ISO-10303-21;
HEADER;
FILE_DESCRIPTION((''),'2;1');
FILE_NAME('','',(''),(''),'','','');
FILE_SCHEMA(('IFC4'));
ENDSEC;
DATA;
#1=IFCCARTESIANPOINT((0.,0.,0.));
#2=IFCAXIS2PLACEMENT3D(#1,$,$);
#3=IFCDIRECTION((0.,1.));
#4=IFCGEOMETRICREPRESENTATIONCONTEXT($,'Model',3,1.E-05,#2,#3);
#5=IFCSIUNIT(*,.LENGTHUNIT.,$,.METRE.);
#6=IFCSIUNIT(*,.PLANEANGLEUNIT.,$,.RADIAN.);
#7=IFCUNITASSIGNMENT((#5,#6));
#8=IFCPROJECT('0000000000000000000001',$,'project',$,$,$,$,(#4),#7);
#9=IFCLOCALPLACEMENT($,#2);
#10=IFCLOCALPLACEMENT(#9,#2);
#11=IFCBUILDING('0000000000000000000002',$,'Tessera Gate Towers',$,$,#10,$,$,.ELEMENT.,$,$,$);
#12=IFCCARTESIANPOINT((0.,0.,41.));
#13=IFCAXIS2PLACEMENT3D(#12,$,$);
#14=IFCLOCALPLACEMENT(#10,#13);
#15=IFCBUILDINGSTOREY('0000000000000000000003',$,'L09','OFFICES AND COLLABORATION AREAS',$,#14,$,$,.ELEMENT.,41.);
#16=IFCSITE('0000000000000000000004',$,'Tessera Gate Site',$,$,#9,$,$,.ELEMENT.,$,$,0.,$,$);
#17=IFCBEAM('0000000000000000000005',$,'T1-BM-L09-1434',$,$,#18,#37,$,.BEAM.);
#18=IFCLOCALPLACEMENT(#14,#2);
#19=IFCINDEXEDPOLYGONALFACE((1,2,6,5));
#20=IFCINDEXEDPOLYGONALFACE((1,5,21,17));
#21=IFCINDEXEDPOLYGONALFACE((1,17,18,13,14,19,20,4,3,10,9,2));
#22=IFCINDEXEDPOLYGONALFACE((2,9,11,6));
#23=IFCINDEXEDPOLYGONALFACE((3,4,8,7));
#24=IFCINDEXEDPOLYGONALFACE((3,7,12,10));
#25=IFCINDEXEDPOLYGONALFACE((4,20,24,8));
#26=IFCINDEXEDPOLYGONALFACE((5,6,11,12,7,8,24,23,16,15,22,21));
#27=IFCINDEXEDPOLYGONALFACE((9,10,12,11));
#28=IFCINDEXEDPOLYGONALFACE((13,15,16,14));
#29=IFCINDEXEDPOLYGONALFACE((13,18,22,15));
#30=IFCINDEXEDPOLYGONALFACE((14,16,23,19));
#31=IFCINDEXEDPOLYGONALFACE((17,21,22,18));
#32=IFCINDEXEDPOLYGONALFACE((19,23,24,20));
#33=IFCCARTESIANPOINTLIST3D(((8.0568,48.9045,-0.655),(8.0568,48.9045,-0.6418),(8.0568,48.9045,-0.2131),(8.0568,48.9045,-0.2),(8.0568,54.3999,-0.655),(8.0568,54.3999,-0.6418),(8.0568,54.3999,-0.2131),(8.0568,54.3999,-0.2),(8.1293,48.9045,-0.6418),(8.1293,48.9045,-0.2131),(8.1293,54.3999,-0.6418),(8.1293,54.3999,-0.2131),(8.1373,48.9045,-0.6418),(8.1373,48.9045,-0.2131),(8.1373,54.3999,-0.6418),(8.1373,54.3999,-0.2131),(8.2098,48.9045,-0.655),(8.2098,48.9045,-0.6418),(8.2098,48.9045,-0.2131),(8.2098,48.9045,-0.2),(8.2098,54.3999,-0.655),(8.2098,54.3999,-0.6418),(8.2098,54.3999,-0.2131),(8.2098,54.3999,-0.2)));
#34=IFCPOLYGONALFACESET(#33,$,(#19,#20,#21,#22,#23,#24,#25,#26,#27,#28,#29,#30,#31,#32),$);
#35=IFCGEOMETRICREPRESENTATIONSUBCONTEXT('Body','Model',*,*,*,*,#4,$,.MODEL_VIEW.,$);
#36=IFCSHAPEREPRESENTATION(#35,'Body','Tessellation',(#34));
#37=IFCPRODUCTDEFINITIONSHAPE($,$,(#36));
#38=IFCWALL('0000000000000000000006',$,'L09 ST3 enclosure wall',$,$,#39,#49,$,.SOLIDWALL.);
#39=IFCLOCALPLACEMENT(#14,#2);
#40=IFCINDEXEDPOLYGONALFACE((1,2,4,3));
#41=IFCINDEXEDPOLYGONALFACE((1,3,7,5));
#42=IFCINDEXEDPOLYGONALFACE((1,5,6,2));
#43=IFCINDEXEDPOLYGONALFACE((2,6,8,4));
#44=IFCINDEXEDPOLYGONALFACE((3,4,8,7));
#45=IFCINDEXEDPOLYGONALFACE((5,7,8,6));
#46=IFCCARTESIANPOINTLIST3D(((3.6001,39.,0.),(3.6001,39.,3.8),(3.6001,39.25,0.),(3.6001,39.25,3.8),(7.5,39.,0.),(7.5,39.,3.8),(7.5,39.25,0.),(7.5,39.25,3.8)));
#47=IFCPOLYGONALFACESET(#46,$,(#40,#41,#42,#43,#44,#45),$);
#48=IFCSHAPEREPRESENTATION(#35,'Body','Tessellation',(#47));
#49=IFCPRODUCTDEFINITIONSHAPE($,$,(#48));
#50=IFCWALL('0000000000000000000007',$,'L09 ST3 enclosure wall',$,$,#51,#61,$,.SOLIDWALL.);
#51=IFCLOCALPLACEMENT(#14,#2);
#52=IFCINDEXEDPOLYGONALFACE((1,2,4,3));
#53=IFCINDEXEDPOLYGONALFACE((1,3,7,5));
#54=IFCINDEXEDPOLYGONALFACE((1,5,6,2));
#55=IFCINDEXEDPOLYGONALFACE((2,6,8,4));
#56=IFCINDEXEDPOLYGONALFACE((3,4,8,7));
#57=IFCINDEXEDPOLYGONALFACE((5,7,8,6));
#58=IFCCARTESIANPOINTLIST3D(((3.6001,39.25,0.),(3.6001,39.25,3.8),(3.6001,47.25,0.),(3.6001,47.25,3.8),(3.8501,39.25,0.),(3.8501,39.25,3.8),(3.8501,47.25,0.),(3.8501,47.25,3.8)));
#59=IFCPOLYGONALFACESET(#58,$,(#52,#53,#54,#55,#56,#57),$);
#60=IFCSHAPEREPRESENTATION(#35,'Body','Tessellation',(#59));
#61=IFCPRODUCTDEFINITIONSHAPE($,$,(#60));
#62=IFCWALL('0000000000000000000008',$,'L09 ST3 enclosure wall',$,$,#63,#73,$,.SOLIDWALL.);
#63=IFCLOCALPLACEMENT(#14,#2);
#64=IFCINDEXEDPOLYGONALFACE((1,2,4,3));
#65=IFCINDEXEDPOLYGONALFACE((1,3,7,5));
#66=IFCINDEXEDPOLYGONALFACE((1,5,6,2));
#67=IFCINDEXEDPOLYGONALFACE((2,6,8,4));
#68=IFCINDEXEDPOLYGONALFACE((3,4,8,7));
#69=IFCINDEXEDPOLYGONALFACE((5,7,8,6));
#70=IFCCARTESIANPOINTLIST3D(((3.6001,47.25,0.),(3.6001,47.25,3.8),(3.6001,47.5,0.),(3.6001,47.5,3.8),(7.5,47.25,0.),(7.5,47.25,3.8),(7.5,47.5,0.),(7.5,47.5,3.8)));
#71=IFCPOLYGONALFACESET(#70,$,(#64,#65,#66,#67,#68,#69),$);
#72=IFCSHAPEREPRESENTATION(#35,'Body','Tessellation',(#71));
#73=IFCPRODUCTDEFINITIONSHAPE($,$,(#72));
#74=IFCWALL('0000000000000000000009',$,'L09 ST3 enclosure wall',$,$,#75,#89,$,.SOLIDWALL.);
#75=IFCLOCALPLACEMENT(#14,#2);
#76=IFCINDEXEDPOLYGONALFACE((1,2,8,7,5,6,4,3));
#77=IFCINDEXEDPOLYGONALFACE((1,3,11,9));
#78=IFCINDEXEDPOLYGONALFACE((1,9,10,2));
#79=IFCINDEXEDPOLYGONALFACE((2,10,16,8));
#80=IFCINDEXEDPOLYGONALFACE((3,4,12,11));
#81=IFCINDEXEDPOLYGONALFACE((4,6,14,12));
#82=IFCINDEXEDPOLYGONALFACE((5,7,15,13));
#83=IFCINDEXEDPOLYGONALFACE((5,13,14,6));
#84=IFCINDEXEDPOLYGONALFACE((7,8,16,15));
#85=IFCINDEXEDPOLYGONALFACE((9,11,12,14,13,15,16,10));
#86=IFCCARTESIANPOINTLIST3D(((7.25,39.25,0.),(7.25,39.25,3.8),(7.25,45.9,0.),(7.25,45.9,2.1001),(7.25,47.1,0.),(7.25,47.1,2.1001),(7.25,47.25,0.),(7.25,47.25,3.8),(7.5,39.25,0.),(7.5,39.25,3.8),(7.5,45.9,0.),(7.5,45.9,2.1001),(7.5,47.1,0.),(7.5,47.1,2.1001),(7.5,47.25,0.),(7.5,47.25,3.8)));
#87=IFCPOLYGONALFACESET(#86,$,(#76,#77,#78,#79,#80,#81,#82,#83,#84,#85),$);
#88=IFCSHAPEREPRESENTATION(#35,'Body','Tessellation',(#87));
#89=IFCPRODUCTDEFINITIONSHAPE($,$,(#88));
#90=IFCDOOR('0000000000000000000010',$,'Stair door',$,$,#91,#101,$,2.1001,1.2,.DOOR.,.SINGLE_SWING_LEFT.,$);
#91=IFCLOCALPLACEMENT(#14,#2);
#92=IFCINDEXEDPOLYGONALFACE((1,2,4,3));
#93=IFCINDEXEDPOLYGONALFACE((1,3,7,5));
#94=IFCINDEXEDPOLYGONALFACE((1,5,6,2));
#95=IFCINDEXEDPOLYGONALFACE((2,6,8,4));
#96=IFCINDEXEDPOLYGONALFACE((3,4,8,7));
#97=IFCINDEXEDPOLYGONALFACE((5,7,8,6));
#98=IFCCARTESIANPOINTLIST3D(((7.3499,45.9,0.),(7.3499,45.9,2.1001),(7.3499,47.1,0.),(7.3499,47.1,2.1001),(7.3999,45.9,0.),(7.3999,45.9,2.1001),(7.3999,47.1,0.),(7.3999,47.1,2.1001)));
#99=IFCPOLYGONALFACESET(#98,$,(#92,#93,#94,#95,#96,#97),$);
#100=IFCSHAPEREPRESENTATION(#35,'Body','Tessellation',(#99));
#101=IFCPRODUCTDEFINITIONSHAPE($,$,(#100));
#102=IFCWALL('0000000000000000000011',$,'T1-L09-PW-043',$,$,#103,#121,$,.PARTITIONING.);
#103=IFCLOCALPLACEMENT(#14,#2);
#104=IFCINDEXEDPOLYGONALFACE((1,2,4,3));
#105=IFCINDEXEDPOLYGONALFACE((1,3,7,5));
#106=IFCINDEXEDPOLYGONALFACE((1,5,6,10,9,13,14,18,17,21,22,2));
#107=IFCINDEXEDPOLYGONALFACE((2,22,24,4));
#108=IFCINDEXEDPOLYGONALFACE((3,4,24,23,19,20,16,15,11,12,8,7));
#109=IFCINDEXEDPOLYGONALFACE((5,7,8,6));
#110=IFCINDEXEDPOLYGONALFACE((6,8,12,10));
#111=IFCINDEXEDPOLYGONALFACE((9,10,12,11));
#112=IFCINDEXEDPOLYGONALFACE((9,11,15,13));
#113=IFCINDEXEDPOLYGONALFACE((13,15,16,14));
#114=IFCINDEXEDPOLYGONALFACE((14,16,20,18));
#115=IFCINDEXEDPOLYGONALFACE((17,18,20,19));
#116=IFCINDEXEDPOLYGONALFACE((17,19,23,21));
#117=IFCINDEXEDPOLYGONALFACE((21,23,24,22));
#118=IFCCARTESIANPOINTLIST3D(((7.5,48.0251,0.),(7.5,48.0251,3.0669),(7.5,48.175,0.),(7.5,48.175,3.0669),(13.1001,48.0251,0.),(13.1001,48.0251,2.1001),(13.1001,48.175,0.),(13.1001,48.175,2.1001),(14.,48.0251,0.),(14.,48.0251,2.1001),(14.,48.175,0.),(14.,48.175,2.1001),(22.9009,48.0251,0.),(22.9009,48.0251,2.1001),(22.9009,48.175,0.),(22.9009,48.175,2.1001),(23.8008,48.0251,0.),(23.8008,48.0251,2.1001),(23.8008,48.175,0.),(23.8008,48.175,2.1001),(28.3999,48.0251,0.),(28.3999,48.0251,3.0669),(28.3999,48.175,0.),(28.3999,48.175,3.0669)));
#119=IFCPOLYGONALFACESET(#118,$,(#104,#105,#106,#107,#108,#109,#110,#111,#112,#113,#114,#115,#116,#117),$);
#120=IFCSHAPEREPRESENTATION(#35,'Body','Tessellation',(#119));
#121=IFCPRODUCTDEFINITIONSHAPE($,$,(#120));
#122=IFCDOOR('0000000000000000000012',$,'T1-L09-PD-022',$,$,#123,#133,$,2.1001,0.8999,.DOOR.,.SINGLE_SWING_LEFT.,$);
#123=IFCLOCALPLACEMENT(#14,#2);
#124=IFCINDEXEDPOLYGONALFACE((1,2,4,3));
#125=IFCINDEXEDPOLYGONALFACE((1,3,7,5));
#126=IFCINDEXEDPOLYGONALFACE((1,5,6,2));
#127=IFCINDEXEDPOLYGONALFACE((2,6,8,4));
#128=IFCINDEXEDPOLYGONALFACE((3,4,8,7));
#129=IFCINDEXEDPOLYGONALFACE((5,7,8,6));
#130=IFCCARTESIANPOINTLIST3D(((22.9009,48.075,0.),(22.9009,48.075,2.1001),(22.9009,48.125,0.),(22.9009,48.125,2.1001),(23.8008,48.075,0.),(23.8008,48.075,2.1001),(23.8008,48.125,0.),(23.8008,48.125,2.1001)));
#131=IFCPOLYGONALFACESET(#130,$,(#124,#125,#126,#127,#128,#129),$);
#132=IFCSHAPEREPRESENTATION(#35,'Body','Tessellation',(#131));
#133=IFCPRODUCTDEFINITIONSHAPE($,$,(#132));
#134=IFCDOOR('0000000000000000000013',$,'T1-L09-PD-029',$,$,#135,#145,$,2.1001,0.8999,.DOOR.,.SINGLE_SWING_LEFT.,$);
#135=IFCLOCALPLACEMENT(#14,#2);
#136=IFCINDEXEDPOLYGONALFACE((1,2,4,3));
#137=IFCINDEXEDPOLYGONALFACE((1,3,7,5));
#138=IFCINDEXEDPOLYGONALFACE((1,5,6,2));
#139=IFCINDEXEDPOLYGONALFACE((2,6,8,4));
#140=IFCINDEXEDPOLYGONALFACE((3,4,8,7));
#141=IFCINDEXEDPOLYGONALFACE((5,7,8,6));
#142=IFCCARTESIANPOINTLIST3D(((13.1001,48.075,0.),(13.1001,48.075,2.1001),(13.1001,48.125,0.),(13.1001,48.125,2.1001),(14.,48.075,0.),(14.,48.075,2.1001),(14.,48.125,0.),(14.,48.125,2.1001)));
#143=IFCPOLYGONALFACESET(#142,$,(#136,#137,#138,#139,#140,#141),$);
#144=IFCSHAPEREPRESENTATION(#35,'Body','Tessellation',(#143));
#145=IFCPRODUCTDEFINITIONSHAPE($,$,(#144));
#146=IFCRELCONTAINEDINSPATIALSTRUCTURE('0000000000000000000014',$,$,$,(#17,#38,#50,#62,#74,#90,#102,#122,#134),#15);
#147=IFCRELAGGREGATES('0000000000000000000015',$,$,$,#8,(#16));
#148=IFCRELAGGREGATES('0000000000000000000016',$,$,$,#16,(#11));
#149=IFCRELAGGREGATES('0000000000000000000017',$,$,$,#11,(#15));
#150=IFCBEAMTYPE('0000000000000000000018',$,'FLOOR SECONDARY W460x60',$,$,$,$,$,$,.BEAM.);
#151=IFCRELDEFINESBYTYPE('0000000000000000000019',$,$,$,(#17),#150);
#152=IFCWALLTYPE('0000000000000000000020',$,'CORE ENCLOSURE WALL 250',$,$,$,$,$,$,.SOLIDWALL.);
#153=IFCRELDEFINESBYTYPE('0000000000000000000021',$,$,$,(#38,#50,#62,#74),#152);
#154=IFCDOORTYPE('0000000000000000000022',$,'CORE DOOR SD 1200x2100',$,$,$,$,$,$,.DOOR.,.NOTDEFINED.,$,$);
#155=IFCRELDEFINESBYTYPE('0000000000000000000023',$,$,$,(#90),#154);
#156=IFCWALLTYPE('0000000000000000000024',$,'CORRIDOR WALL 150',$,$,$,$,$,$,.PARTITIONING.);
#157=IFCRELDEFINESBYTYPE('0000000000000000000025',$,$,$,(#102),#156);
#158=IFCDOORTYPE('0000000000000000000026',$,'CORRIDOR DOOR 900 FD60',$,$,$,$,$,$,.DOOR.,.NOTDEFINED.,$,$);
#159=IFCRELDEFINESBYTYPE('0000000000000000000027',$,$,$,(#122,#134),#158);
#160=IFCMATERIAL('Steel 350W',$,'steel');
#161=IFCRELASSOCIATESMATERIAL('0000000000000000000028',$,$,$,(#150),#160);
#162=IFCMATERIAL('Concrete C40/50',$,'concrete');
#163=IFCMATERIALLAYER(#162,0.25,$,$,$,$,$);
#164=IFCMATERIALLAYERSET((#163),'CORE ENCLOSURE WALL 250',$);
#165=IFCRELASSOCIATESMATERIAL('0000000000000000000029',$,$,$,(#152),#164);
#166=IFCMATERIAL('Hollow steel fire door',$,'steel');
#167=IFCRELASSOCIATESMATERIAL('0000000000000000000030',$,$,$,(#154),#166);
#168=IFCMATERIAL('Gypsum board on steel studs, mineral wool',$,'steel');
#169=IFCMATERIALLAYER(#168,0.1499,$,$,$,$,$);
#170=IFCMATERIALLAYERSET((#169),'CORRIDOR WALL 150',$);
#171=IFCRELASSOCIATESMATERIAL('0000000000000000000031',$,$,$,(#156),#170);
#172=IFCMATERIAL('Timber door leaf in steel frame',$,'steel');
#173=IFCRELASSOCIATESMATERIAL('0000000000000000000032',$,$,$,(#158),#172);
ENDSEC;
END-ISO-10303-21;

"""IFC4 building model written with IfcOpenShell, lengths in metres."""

from ifc_helpers import new_model, si_unit, direction, frame, frame_2d, origin, origin_2d, place, context, subcontext, project, spatial, rectangle, i_section, extrude, source, transform, mapped, material, layer, layer_set, material_profile, profile_set, type_object, element, fill, save


model = new_model("IFC4")

# Units and contexts
model_context = context("Model", 3, precision=1e-05, world=origin(), true_north=direction((0.0, 1.0)))
body_context = subcontext(model_context, "Body", "Model", "MODEL_VIEW")
ifc_project = project(units=[si_unit("LENGTHUNIT", "METRE"), si_unit("PLANEANGLEUNIT", "RADIAN")], contexts=[model_context])

# Site, building, storey
site_placement = place(None, origin())
site = spatial("IfcSite", under=ifc_project, at=site_placement, Name="Tessera Gate Site", CompositionType="ELEMENT", RefElevation=0.0)
building_placement = place(site_placement, origin())
building = spatial("IfcBuilding", under=site, at=building_placement, Name="Tessera Gate Towers", CompositionType="ELEMENT")
storey_placement = place(building_placement, frame((0.0, 0.0, 41.0)))
storey = spatial("IfcBuildingStorey", under=building, at=storey_placement, Name="L09", Description="OFFICES AND COLLABORATION AREAS", CompositionType="ELEMENT", Elevation=41.0)

# Beam
ifc_material_1 = material(Name="Steel 350W", Category="steel")
ifc_material_profile_1 = material_profile(ifc_material_1, i_section(OverallWidth=0.1531, OverallDepth=0.4551, WebThickness=0.0081, FlangeThickness=0.0132, at=origin_2d()), Name="W460x60")
ifc_profile_set_1 = profile_set([ifc_material_profile_1], Name="Steel 350W")
beam_type_1 = type_object("IfcBeamType", Name="FLOOR SECONDARY W460x60", PredefinedType="BEAM", material=ifc_profile_set_1)
beam_1_placement = place(storey_placement, frame((8.1333, 48.9045, -0.4275), z_axis=(0.0, 1.0, 0.0), x_axis=(-1.0, 0.0, 0.0)))
element("IfcBeam", 1, at=beam_1_placement, inside=storey, type_object=beam_type_1, Name="T1-BM-L09-1434", PredefinedType="BEAM", context=body_context, shape_type="SweptSolid", body=[
    extrude(i_section(OverallWidth=0.1531, OverallDepth=0.4551, WebThickness=0.0081, FlangeThickness=0.0132, at=origin_2d()), origin(), (0.0, 0.0, 1.0), 5.4954),
])

# Walls
ifc_material_2 = material(Name="Concrete C40/50", Category="concrete")
ifc_layer_1 = layer(ifc_material_2, 0.25)
ifc_layer_set_1 = layer_set([ifc_layer_1], Name="CORE ENCLOSURE WALL 250")
wall_type_1 = type_object("IfcWallType", Name="CORE ENCLOSURE WALL 250", PredefinedType="SOLIDWALL", material=ifc_layer_set_1)
wall_1_placement = place(storey_placement, frame((7.5, 39.125, 0.0), z_axis=(0.0, 0.0, 1.0), x_axis=(-1.0, 0.0, 0.0)))
element("IfcWall", 2, at=wall_1_placement, inside=storey, type_object=wall_type_1, Name="L09 ST3 enclosure wall", PredefinedType="SOLIDWALL", context=body_context, shape_type="SweptSolid", body=[
    extrude(rectangle(XDim=3.8999, YDim=0.25, at=frame_2d((1.95, 0.0))), origin(), (0.0, 0.0, 1.0), 3.8),
])
wall_2_placement = place(storey_placement, frame((3.7251, 39.25, 0.0), z_axis=(0.0, 0.0, 1.0), x_axis=(0.0, 1.0, 0.0)))
element("IfcWall", 3, at=wall_2_placement, inside=storey, type_object=wall_type_1, Name="L09 ST3 enclosure wall", PredefinedType="SOLIDWALL", context=body_context, shape_type="SweptSolid", body=[
    extrude(rectangle(XDim=8.0, YDim=0.25, at=frame_2d((4.0, 0.0))), origin(), (0.0, 0.0, 1.0), 3.8),
])
wall_3_placement = place(storey_placement, frame((3.6001, 47.375, 0.0), z_axis=(0.0, 0.0, 1.0), x_axis=(1.0, 0.0, 0.0)))
element("IfcWall", 4, at=wall_3_placement, inside=storey, type_object=wall_type_1, Name="L09 ST3 enclosure wall", PredefinedType="SOLIDWALL", context=body_context, shape_type="SweptSolid", body=[
    extrude(rectangle(XDim=3.8999, YDim=0.25, at=frame_2d((1.95, 0.0))), origin(), (0.0, 0.0, 1.0), 3.8),
])

# Wall, opening, door
wall_4_placement = place(storey_placement, frame((7.375, 47.25, 0.0), z_axis=(0.0, 0.0, 1.0), x_axis=(0.0, -1.0, 0.0)))
wall_4 = element("IfcWall", 5, at=wall_4_placement, inside=storey, type_object=wall_type_1, Name="L09 ST3 enclosure wall", PredefinedType="SOLIDWALL", context=body_context, shape_type="SweptSolid", body=[
    extrude(rectangle(XDim=8.0, YDim=0.25, at=frame_2d((4.0, 0.0))), origin(), (0.0, 0.0, 1.0), 3.8),
])
shared_shape_1 = source(origin(), body_context, "Body", "SweptSolid", [
    extrude(rectangle(XDim=1.2, YDim=2.1001, at=frame_2d((0.6001, 1.05))), frame((0.0, 0.135, 0.0), z_axis=(0.0, -1.0, 0.0), x_axis=(1.0, 0.0, 0.0)), (0.0, 0.0, 1.0), 0.27),
])
opening_1_placement = place(wall_4_placement, frame((0.1499, 0.0, 0.0)))
opening_1 = element("IfcOpeningElement", 6, at=opening_1_placement, cuts=wall_4, PredefinedType="OPENING", context=body_context, shape_type="MappedRepresentation", body=[
    mapped(shared_shape_1, transform((0.0, 0.0, 0.0), scale=1.0)),
])
ifc_material_3 = material(Name="Hollow steel fire door", Category="steel")
door_type_1 = type_object("IfcDoorType", Name="CORE DOOR SD 1200x2100", OperationType="NOTDEFINED", PredefinedType="DOOR", material=ifc_material_3)
shared_shape_2 = source(origin(), body_context, "Body", "SweptSolid", [
    extrude(rectangle(XDim=1.2, YDim=2.1001, at=frame_2d((0.6001, 1.05))), frame((0.0, 0.0249, 0.0), z_axis=(0.0, -1.0, 0.0), x_axis=(1.0, 0.0, 0.0)), (0.0, 0.0, 1.0), 0.05),
])
door_1_placement = place(opening_1_placement, origin())
door_1 = element("IfcDoor", 7, at=door_1_placement, inside=storey, type_object=door_type_1, Name="Stair door", OperationType="SINGLE_SWING_LEFT", OverallHeight=2.1001, OverallWidth=1.2, PredefinedType="DOOR", context=body_context, shape_type="MappedRepresentation", body=[
    mapped(shared_shape_2, transform((0.0, 0.0, 0.0), scale=1.0)),
])
fill(opening_1, door_1)

# Wall, openings, doors
ifc_material_4 = material(Name="Gypsum board on steel studs, mineral wool", Category="steel")
ifc_layer_2 = layer(ifc_material_4, 0.1499)
ifc_layer_set_2 = layer_set([ifc_layer_2], Name="CORRIDOR WALL 150")
wall_type_2 = type_object("IfcWallType", Name="CORRIDOR WALL 150", PredefinedType="PARTITIONING", material=ifc_layer_set_2)
wall_5_placement = place(storey_placement, frame((7.5, 48.1001, 0.0), z_axis=(0.0, 0.0, 1.0), x_axis=(1.0, 0.0, 0.0)))
wall_5 = element("IfcWall", 8, at=wall_5_placement, inside=storey, type_object=wall_type_2, Name="T1-L09-PW-043", PredefinedType="PARTITIONING", context=body_context, shape_type="SweptSolid", body=[
    extrude(rectangle(XDim=20.8999, YDim=0.1499, at=frame_2d((10.45, 0.0))), origin(), (0.0, 0.0, 1.0), 3.0669),
])
shared_shape_3 = source(origin(), body_context, "Body", "SweptSolid", [
    extrude(rectangle(XDim=0.8999, YDim=2.1001, at=frame_2d((0.45, 1.05))), frame((0.0, 0.085, 0.0), z_axis=(0.0, -1.0, 0.0), x_axis=(1.0, 0.0, 0.0)), (0.0, 0.0, 1.0), 0.1699),
])
opening_2_placement = place(wall_5_placement, frame((15.4009, 0.0, 0.0)))
opening_2 = element("IfcOpeningElement", 9, at=opening_2_placement, cuts=wall_5, PredefinedType="OPENING", context=body_context, shape_type="MappedRepresentation", body=[
    mapped(shared_shape_3, transform((0.0, 0.0, 0.0), scale=1.0)),
])
opening_3_placement = place(wall_5_placement, frame((5.6001, 0.0, 0.0)))
opening_3 = element("IfcOpeningElement", 10, at=opening_3_placement, cuts=wall_5, PredefinedType="OPENING", context=body_context, shape_type="MappedRepresentation", body=[
    mapped(shared_shape_3, transform((0.0, 0.0, 0.0), scale=1.0)),
])
ifc_material_5 = material(Name="Timber door leaf in steel frame", Category="steel")
door_type_2 = type_object("IfcDoorType", Name="CORRIDOR DOOR 900 FD60", OperationType="NOTDEFINED", PredefinedType="DOOR", material=ifc_material_5)
shared_shape_4 = source(origin(), body_context, "Body", "SweptSolid", [
    extrude(rectangle(XDim=0.8999, YDim=2.1001, at=frame_2d((0.45, 1.05))), frame((0.0, 0.0249, 0.0), z_axis=(0.0, -1.0, 0.0), x_axis=(1.0, 0.0, 0.0)), (0.0, 0.0, 1.0), 0.05),
])
door_2_placement = place(opening_2_placement, origin())
door_2 = element("IfcDoor", 11, at=door_2_placement, inside=storey, type_object=door_type_2, Name="T1-L09-PD-022", OperationType="SINGLE_SWING_LEFT", OverallHeight=2.1001, OverallWidth=0.8999, PredefinedType="DOOR", context=body_context, shape_type="MappedRepresentation", body=[
    mapped(shared_shape_4, transform((0.0, 0.0, 0.0), scale=1.0)),
])
fill(opening_2, door_2)
door_3_placement = place(opening_3_placement, origin())
door_3 = element("IfcDoor", 12, at=door_3_placement, inside=storey, type_object=door_type_2, Name="T1-L09-PD-029", OperationType="SINGLE_SWING_LEFT", OverallHeight=2.1001, OverallWidth=0.8999, PredefinedType="DOOR", context=body_context, shape_type="MappedRepresentation", body=[
    mapped(shared_shape_4, transform((0.0, 0.0, 0.0), scale=1.0)),
])
fill(opening_3, door_3)

save(model, "model.ifc")
